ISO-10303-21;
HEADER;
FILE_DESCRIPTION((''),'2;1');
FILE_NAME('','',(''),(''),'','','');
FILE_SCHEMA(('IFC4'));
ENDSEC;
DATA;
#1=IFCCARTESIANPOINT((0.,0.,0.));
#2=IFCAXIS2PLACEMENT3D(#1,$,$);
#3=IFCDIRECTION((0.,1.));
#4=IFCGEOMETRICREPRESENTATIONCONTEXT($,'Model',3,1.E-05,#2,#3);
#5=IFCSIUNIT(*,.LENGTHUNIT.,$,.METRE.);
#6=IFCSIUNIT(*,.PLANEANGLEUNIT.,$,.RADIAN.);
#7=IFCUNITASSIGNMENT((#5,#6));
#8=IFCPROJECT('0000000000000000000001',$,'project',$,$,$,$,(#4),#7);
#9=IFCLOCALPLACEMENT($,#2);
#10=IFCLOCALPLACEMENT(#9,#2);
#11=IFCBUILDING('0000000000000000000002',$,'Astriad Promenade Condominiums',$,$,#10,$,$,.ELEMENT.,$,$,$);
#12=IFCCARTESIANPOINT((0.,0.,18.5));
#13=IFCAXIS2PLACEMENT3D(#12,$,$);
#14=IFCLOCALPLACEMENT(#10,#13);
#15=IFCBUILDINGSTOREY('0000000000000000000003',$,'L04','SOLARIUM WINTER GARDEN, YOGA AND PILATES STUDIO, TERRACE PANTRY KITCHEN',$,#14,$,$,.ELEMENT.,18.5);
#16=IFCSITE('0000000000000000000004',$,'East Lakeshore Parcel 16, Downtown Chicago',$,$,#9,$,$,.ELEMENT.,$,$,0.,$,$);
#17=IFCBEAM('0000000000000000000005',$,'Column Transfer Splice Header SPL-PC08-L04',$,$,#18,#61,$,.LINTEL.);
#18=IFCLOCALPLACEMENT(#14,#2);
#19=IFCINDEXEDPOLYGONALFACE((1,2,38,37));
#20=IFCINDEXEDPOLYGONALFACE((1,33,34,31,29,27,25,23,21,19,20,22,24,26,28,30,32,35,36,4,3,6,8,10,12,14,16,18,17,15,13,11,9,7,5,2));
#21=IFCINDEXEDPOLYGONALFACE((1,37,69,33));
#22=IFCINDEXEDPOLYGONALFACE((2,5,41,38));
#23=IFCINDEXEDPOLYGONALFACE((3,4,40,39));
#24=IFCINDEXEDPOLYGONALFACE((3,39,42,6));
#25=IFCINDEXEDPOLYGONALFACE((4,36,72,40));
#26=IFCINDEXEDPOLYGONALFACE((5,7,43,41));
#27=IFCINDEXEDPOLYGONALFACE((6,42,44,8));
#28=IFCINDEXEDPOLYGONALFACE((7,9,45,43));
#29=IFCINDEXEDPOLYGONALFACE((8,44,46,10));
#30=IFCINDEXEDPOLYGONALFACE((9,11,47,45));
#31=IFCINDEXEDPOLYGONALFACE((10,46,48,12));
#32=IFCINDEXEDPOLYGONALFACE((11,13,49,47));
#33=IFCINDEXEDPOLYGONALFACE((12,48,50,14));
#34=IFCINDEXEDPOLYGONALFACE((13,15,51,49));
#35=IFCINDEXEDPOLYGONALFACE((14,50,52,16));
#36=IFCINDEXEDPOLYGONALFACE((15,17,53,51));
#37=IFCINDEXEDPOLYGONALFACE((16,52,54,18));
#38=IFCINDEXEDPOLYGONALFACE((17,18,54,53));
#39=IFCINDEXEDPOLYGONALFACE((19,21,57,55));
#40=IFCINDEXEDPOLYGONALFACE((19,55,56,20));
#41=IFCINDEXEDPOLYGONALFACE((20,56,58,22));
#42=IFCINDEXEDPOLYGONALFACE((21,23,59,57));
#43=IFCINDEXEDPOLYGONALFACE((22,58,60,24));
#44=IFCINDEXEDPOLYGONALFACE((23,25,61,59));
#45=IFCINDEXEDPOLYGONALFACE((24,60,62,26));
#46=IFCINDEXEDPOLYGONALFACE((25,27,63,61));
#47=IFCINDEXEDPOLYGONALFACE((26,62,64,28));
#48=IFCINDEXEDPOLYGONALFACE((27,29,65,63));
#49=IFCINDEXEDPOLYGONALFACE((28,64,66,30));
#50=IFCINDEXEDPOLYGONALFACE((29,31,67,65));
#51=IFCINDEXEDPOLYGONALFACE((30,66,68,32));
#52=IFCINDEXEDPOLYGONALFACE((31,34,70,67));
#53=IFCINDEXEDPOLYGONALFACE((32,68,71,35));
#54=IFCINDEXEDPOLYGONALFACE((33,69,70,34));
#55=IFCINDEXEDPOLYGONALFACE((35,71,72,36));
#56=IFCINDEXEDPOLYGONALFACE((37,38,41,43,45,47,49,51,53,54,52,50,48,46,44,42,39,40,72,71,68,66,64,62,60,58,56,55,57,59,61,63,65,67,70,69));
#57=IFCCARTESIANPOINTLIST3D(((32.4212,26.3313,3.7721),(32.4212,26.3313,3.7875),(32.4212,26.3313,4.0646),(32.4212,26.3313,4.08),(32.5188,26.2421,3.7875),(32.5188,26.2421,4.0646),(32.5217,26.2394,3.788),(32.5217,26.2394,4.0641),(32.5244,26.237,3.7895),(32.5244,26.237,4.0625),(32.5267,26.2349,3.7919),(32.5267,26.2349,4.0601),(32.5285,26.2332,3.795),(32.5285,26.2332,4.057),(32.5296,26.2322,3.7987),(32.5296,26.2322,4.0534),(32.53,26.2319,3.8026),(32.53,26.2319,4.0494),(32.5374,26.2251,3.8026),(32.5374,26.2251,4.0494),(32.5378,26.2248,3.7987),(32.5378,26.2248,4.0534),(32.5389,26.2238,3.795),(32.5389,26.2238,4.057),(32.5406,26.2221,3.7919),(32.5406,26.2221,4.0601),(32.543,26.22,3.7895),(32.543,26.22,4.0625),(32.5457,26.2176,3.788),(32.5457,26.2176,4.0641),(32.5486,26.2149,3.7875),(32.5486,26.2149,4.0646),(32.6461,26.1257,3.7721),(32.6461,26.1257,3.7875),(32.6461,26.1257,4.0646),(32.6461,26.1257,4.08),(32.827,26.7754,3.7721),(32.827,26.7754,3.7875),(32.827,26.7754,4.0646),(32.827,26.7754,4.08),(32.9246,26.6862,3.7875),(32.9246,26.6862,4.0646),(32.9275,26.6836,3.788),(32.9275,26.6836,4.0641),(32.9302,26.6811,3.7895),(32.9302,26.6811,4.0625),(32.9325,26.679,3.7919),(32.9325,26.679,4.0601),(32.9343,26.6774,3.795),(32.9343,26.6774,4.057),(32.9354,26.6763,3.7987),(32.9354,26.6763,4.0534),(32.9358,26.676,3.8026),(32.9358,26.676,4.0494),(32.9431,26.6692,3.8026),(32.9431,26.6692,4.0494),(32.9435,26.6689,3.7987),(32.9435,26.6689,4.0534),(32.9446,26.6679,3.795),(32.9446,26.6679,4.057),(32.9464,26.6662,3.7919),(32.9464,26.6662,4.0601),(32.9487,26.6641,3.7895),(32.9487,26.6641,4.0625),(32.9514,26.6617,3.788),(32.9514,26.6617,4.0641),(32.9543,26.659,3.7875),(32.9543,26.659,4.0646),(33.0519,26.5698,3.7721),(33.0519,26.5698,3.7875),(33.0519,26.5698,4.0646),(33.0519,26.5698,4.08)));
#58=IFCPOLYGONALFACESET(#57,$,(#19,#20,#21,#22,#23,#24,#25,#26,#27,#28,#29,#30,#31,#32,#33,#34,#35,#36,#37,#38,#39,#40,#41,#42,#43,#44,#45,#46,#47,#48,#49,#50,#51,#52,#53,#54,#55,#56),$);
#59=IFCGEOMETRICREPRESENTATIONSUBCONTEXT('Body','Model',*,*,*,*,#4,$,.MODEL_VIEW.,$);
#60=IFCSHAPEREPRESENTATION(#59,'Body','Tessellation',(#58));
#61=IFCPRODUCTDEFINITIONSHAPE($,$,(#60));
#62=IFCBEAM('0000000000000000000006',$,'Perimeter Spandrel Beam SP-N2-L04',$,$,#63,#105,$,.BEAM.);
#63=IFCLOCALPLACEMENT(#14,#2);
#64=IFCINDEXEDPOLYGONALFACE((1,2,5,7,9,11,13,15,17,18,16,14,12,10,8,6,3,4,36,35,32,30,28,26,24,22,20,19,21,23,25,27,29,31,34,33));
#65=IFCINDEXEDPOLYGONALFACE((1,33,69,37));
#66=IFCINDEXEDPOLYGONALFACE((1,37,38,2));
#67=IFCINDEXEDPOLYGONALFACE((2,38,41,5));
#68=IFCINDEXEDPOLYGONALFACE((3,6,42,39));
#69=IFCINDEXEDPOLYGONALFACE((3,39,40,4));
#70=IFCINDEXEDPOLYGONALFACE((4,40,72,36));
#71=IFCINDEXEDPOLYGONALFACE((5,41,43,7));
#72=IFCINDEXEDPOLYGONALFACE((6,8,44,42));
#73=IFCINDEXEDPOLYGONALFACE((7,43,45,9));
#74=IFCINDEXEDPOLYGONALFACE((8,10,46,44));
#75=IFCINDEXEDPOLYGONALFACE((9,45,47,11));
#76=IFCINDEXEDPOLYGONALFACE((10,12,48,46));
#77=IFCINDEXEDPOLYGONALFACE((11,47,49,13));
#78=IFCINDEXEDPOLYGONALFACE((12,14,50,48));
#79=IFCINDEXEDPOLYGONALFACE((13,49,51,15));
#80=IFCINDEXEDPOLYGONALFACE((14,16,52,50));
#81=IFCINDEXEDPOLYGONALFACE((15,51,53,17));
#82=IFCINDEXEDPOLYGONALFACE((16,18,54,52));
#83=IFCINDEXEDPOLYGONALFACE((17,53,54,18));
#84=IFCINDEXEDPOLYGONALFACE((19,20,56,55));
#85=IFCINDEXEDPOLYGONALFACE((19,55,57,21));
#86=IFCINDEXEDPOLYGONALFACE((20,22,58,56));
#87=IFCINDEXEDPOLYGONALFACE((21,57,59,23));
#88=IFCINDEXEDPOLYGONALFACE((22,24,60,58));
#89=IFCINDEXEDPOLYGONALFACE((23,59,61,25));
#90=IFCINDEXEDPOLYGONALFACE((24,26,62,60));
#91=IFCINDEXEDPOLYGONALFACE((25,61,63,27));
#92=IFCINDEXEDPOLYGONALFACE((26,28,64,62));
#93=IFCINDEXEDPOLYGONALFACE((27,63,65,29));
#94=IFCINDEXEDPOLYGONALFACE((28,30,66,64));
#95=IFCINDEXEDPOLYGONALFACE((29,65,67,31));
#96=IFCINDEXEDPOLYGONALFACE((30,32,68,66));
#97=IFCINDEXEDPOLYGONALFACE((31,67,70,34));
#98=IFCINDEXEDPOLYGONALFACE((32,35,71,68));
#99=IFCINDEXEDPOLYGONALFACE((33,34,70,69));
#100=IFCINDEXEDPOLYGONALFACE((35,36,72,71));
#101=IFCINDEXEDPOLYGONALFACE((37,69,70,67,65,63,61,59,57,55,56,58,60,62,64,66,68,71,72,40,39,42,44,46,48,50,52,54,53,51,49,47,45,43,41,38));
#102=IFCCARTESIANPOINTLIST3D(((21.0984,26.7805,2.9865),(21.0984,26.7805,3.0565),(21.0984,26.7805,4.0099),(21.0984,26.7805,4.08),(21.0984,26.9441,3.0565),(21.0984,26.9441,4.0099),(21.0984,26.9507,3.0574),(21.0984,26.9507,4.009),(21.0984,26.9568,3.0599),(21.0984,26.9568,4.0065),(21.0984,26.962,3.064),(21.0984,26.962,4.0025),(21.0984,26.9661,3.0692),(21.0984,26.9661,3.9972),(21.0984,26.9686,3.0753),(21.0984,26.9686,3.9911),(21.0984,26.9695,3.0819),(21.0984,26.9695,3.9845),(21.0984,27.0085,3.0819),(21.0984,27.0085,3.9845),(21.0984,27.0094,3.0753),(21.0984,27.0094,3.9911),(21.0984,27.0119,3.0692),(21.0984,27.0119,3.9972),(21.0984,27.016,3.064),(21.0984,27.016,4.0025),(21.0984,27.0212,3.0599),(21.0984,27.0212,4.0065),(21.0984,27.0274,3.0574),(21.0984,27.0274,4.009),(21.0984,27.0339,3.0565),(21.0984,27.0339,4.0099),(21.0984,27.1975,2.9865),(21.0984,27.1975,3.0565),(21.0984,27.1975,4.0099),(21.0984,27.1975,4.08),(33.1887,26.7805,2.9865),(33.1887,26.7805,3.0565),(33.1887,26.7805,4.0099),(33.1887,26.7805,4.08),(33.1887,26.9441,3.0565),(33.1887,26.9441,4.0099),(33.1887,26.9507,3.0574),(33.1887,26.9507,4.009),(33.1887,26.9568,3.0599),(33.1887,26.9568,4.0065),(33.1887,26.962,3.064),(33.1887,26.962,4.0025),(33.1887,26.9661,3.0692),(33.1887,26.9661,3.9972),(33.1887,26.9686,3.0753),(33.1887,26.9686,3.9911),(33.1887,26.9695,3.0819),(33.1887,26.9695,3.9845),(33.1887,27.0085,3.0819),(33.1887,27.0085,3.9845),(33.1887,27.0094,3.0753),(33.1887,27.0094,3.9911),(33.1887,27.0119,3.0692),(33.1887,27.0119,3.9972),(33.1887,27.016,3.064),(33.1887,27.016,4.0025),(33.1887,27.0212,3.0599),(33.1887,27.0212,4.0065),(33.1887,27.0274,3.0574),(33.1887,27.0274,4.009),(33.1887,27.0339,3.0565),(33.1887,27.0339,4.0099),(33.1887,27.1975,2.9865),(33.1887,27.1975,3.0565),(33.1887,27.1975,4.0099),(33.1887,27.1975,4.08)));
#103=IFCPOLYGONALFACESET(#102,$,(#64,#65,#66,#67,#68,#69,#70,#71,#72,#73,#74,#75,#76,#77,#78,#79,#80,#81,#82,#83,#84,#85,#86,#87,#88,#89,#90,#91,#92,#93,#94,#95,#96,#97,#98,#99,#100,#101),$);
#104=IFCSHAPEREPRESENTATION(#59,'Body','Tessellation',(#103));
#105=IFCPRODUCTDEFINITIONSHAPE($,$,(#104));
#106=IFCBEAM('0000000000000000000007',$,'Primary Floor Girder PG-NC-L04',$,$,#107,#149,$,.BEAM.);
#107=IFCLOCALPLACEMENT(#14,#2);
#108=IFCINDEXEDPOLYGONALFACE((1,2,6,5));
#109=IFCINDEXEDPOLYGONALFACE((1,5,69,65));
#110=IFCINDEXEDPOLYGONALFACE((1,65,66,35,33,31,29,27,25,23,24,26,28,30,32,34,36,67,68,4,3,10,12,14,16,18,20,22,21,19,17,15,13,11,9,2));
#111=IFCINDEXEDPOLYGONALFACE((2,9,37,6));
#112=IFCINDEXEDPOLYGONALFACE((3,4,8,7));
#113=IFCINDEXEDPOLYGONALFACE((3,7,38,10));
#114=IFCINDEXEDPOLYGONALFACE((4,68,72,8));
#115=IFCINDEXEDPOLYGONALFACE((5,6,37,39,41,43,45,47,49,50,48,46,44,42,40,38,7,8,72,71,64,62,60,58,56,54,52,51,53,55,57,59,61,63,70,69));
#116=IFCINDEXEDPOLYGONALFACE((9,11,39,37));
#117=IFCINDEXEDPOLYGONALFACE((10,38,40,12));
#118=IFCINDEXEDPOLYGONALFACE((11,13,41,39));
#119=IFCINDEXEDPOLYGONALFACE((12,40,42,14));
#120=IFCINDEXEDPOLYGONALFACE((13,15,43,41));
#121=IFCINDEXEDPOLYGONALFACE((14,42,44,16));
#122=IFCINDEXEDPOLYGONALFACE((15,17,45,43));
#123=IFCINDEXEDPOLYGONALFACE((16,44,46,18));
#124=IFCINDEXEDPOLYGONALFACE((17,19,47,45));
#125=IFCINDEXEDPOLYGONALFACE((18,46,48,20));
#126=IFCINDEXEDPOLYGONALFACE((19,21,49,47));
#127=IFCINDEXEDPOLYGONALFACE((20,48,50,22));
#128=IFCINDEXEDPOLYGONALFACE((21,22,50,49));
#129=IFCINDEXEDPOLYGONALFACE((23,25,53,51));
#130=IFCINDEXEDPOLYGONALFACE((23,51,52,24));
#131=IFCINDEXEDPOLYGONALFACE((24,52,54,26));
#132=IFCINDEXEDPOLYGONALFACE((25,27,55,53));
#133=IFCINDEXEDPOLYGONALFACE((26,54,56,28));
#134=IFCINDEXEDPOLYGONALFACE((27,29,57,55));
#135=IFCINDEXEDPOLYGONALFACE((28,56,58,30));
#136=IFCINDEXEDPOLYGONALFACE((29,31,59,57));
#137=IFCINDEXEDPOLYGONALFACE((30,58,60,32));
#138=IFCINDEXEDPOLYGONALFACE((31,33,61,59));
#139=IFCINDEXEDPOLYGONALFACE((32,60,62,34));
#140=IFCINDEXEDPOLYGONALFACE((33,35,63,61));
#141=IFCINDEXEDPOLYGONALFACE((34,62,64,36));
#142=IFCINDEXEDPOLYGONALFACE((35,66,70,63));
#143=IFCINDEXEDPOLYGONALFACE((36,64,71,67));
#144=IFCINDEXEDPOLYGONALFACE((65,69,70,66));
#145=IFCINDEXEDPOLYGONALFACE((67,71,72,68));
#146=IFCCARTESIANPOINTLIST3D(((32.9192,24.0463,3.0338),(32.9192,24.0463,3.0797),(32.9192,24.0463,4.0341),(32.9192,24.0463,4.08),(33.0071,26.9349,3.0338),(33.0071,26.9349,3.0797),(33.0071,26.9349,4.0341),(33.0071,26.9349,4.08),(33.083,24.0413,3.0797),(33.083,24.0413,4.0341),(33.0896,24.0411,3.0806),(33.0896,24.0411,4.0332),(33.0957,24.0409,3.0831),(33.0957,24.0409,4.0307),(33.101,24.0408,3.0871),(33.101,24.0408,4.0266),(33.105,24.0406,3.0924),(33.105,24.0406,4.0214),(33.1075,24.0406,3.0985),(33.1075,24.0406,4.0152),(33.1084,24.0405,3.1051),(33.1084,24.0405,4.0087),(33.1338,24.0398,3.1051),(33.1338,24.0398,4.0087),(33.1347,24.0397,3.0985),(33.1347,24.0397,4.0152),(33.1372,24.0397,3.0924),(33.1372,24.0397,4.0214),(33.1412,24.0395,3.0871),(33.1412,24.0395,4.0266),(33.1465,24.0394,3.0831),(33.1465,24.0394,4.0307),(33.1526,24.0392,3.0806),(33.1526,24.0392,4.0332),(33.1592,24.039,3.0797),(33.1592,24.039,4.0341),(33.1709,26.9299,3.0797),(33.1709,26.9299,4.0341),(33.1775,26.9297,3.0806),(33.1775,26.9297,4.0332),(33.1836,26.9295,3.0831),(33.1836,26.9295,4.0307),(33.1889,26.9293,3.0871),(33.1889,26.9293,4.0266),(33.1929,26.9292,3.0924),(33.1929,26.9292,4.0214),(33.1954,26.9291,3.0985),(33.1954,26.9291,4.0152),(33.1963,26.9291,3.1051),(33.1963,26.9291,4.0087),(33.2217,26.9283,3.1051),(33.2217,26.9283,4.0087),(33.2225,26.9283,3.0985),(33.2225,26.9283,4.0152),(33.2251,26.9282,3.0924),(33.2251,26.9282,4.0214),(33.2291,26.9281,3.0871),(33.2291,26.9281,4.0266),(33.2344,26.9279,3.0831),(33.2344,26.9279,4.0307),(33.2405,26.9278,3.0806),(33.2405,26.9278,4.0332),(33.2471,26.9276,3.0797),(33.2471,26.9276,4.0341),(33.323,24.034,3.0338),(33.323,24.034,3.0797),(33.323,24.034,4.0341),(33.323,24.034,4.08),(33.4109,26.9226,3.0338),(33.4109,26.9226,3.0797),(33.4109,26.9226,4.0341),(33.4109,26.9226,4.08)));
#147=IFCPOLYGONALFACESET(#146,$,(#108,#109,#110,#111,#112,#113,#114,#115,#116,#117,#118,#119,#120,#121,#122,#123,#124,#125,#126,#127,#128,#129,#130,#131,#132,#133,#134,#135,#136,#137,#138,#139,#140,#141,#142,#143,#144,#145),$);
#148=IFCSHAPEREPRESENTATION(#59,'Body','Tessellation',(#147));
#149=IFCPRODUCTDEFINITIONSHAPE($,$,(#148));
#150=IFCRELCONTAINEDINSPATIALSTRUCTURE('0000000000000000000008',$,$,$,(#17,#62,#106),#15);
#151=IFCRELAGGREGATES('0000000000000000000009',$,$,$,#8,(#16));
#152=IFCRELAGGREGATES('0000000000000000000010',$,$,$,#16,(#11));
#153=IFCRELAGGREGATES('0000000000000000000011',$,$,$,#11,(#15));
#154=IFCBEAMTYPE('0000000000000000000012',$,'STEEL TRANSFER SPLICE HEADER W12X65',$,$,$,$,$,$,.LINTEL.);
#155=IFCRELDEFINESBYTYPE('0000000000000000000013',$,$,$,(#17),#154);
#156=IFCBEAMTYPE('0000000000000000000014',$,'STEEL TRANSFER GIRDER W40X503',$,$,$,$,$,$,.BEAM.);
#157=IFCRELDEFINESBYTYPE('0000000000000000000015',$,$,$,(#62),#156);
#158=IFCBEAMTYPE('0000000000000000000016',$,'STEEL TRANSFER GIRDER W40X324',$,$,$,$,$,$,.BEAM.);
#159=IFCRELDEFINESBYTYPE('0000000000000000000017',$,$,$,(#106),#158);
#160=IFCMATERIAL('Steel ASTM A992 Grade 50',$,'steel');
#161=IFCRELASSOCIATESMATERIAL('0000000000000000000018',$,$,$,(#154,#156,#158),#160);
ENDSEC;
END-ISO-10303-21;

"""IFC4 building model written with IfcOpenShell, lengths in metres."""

from ifc_helpers import new_model, si_unit, direction, frame, origin, origin_2d, place, context, subcontext, project, spatial, i_section, extrude, source, transform, mapped, material, material_profile, profile_set, type_object, type_shapes, element, save


model = new_model("IFC4")

# Units and contexts
model_context = context("Model", 3, precision=1e-05, world=origin(), true_north=direction((0.0, 1.0)))
body_context = subcontext(model_context, "Body", "Model", "MODEL_VIEW")
ifc_project = project(units=[si_unit("LENGTHUNIT", "METRE"), si_unit("PLANEANGLEUNIT", "RADIAN")], contexts=[model_context])

# Site, building, storey
site_placement = place(None, origin())
site = spatial("IfcSite", under=ifc_project, at=site_placement, Name="East Lakeshore Parcel 16, Downtown Chicago", CompositionType="ELEMENT", RefElevation=0.0)
building_placement = place(site_placement, origin())
building = spatial("IfcBuilding", under=site, at=building_placement, Name="Astriad Promenade Condominiums", CompositionType="ELEMENT")
storey_placement = place(building_placement, frame((0.0, 0.0, 18.5)))
storey = spatial("IfcBuildingStorey", under=building, at=storey_placement, Name="L04", Description="SOLARIUM WINTER GARDEN, YOGA AND PILATES STUDIO, TERRACE PANTRY KITCHEN", CompositionType="ELEMENT", Elevation=18.5)

# Shared definitions
ifc_material_1 = material(Name="Steel ASTM A992 Grade 50", Category="steel")

# Beams
ifc_material_profile_1 = material_profile(ifc_material_1, i_section(OverallWidth=0.3047, OverallDepth=0.3079, WebThickness=0.01, FlangeThickness=0.0154, FilletRadius=0.0151, at=origin_2d()), Name="W12X65")
ifc_profile_set_1 = profile_set([ifc_material_profile_1], Name="Steel ASTM A992 Grade 50")
beam_type_1 = type_object("IfcBeamType", Name="STEEL TRANSFER SPLICE HEADER W12X65", PredefinedType="LINTEL", material=ifc_profile_set_1)
shared_shape_1 = source(origin(), body_context, "Body", "SweptSolid", [
    extrude(i_section(OverallWidth=0.3047, OverallDepth=0.3079, WebThickness=0.01, FlangeThickness=0.0154, FilletRadius=0.0151, at=origin_2d()), origin(), (0.0, 0.0, 1.0), 0.6016),
])
type_shapes(beam_type_1, [shared_shape_1])
beam_1_placement = place(storey_placement, frame((32.9395, 26.6726, 3.926), z_axis=(-0.674529, -0.738248, 0.0), x_axis=(0.738248, -0.674529, 0.0)))
element("IfcBeam", 1, at=beam_1_placement, inside=storey, type_object=beam_type_1, Name="Column Transfer Splice Header SPL-PC08-L04", PredefinedType="LINTEL", context=body_context, shape_type="MappedRepresentation", body=[
    mapped(shared_shape_1, transform((0.0, 0.0, 0.0), scale=1.0)),
])
ifc_material_profile_2 = material_profile(ifc_material_1, i_section(OverallWidth=0.417, OverallDepth=1.0935, WebThickness=0.0391, FlangeThickness=0.0701, FilletRadius=0.0254, at=origin_2d()), Name="W40X503")
ifc_profile_set_2 = profile_set([ifc_material_profile_2], Name="Steel ASTM A992 Grade 50")
beam_type_2 = type_object("IfcBeamType", Name="STEEL TRANSFER GIRDER W40X503", PredefinedType="BEAM", material=ifc_profile_set_2)
shared_shape_2 = source(origin(), body_context, "Body", "SweptSolid", [
    extrude(i_section(OverallWidth=0.417, OverallDepth=1.0935, WebThickness=0.0391, FlangeThickness=0.0701, FilletRadius=0.0254, at=origin_2d()), origin(), (0.0, 0.0, 1.0), 12.0903),
])
type_shapes(beam_type_2, [shared_shape_2])
beam_2_placement = place(storey_placement, frame((33.1887, 26.989, 3.5332), z_axis=(-1.0, 0.0, 0.0), x_axis=(0.0, -1.0, 0.0)))
element("IfcBeam", 2, at=beam_2_placement, inside=storey, type_object=beam_type_2, Name="Perimeter Spandrel Beam SP-N2-L04", PredefinedType="BEAM", context=body_context, shape_type="MappedRepresentation", body=[
    mapped(shared_shape_2, transform((0.0, 0.0, 0.0), scale=1.0)),
])
ifc_material_profile_3 = material_profile(ifc_material_1, i_section(OverallWidth=0.4041, OverallDepth=1.0461, WebThickness=0.0254, FlangeThickness=0.0459, FilletRadius=0.0254, at=origin_2d()), Name="W40X324")
ifc_profile_set_3 = profile_set([ifc_material_profile_3], Name="Steel ASTM A992 Grade 50")
beam_type_3 = type_object("IfcBeamType", Name="STEEL TRANSFER GIRDER W40X324", PredefinedType="BEAM", material=ifc_profile_set_3)
shared_shape_3 = source(origin(), body_context, "Body", "SweptSolid", [
    extrude(i_section(OverallWidth=0.4041, OverallDepth=1.0461, WebThickness=0.0254, FlangeThickness=0.0459, FilletRadius=0.0254, at=origin_2d()), origin(), (0.0, 0.0, 1.0), 2.8899),
])
type_shapes(beam_type_3, [shared_shape_3])
beam_3_placement = place(storey_placement, frame((33.209, 26.9287, 3.5569), z_axis=(-0.030412, -0.999537, 0.0), x_axis=(0.999537, -0.030412, 0.0)))
element("IfcBeam", 3, at=beam_3_placement, inside=storey, type_object=beam_type_3, Name="Primary Floor Girder PG-NC-L04", PredefinedType="BEAM", context=body_context, shape_type="MappedRepresentation", body=[
    mapped(shared_shape_3, transform((0.0, 0.0, 0.0), scale=1.0)),
])

save(model, "model.ifc")
